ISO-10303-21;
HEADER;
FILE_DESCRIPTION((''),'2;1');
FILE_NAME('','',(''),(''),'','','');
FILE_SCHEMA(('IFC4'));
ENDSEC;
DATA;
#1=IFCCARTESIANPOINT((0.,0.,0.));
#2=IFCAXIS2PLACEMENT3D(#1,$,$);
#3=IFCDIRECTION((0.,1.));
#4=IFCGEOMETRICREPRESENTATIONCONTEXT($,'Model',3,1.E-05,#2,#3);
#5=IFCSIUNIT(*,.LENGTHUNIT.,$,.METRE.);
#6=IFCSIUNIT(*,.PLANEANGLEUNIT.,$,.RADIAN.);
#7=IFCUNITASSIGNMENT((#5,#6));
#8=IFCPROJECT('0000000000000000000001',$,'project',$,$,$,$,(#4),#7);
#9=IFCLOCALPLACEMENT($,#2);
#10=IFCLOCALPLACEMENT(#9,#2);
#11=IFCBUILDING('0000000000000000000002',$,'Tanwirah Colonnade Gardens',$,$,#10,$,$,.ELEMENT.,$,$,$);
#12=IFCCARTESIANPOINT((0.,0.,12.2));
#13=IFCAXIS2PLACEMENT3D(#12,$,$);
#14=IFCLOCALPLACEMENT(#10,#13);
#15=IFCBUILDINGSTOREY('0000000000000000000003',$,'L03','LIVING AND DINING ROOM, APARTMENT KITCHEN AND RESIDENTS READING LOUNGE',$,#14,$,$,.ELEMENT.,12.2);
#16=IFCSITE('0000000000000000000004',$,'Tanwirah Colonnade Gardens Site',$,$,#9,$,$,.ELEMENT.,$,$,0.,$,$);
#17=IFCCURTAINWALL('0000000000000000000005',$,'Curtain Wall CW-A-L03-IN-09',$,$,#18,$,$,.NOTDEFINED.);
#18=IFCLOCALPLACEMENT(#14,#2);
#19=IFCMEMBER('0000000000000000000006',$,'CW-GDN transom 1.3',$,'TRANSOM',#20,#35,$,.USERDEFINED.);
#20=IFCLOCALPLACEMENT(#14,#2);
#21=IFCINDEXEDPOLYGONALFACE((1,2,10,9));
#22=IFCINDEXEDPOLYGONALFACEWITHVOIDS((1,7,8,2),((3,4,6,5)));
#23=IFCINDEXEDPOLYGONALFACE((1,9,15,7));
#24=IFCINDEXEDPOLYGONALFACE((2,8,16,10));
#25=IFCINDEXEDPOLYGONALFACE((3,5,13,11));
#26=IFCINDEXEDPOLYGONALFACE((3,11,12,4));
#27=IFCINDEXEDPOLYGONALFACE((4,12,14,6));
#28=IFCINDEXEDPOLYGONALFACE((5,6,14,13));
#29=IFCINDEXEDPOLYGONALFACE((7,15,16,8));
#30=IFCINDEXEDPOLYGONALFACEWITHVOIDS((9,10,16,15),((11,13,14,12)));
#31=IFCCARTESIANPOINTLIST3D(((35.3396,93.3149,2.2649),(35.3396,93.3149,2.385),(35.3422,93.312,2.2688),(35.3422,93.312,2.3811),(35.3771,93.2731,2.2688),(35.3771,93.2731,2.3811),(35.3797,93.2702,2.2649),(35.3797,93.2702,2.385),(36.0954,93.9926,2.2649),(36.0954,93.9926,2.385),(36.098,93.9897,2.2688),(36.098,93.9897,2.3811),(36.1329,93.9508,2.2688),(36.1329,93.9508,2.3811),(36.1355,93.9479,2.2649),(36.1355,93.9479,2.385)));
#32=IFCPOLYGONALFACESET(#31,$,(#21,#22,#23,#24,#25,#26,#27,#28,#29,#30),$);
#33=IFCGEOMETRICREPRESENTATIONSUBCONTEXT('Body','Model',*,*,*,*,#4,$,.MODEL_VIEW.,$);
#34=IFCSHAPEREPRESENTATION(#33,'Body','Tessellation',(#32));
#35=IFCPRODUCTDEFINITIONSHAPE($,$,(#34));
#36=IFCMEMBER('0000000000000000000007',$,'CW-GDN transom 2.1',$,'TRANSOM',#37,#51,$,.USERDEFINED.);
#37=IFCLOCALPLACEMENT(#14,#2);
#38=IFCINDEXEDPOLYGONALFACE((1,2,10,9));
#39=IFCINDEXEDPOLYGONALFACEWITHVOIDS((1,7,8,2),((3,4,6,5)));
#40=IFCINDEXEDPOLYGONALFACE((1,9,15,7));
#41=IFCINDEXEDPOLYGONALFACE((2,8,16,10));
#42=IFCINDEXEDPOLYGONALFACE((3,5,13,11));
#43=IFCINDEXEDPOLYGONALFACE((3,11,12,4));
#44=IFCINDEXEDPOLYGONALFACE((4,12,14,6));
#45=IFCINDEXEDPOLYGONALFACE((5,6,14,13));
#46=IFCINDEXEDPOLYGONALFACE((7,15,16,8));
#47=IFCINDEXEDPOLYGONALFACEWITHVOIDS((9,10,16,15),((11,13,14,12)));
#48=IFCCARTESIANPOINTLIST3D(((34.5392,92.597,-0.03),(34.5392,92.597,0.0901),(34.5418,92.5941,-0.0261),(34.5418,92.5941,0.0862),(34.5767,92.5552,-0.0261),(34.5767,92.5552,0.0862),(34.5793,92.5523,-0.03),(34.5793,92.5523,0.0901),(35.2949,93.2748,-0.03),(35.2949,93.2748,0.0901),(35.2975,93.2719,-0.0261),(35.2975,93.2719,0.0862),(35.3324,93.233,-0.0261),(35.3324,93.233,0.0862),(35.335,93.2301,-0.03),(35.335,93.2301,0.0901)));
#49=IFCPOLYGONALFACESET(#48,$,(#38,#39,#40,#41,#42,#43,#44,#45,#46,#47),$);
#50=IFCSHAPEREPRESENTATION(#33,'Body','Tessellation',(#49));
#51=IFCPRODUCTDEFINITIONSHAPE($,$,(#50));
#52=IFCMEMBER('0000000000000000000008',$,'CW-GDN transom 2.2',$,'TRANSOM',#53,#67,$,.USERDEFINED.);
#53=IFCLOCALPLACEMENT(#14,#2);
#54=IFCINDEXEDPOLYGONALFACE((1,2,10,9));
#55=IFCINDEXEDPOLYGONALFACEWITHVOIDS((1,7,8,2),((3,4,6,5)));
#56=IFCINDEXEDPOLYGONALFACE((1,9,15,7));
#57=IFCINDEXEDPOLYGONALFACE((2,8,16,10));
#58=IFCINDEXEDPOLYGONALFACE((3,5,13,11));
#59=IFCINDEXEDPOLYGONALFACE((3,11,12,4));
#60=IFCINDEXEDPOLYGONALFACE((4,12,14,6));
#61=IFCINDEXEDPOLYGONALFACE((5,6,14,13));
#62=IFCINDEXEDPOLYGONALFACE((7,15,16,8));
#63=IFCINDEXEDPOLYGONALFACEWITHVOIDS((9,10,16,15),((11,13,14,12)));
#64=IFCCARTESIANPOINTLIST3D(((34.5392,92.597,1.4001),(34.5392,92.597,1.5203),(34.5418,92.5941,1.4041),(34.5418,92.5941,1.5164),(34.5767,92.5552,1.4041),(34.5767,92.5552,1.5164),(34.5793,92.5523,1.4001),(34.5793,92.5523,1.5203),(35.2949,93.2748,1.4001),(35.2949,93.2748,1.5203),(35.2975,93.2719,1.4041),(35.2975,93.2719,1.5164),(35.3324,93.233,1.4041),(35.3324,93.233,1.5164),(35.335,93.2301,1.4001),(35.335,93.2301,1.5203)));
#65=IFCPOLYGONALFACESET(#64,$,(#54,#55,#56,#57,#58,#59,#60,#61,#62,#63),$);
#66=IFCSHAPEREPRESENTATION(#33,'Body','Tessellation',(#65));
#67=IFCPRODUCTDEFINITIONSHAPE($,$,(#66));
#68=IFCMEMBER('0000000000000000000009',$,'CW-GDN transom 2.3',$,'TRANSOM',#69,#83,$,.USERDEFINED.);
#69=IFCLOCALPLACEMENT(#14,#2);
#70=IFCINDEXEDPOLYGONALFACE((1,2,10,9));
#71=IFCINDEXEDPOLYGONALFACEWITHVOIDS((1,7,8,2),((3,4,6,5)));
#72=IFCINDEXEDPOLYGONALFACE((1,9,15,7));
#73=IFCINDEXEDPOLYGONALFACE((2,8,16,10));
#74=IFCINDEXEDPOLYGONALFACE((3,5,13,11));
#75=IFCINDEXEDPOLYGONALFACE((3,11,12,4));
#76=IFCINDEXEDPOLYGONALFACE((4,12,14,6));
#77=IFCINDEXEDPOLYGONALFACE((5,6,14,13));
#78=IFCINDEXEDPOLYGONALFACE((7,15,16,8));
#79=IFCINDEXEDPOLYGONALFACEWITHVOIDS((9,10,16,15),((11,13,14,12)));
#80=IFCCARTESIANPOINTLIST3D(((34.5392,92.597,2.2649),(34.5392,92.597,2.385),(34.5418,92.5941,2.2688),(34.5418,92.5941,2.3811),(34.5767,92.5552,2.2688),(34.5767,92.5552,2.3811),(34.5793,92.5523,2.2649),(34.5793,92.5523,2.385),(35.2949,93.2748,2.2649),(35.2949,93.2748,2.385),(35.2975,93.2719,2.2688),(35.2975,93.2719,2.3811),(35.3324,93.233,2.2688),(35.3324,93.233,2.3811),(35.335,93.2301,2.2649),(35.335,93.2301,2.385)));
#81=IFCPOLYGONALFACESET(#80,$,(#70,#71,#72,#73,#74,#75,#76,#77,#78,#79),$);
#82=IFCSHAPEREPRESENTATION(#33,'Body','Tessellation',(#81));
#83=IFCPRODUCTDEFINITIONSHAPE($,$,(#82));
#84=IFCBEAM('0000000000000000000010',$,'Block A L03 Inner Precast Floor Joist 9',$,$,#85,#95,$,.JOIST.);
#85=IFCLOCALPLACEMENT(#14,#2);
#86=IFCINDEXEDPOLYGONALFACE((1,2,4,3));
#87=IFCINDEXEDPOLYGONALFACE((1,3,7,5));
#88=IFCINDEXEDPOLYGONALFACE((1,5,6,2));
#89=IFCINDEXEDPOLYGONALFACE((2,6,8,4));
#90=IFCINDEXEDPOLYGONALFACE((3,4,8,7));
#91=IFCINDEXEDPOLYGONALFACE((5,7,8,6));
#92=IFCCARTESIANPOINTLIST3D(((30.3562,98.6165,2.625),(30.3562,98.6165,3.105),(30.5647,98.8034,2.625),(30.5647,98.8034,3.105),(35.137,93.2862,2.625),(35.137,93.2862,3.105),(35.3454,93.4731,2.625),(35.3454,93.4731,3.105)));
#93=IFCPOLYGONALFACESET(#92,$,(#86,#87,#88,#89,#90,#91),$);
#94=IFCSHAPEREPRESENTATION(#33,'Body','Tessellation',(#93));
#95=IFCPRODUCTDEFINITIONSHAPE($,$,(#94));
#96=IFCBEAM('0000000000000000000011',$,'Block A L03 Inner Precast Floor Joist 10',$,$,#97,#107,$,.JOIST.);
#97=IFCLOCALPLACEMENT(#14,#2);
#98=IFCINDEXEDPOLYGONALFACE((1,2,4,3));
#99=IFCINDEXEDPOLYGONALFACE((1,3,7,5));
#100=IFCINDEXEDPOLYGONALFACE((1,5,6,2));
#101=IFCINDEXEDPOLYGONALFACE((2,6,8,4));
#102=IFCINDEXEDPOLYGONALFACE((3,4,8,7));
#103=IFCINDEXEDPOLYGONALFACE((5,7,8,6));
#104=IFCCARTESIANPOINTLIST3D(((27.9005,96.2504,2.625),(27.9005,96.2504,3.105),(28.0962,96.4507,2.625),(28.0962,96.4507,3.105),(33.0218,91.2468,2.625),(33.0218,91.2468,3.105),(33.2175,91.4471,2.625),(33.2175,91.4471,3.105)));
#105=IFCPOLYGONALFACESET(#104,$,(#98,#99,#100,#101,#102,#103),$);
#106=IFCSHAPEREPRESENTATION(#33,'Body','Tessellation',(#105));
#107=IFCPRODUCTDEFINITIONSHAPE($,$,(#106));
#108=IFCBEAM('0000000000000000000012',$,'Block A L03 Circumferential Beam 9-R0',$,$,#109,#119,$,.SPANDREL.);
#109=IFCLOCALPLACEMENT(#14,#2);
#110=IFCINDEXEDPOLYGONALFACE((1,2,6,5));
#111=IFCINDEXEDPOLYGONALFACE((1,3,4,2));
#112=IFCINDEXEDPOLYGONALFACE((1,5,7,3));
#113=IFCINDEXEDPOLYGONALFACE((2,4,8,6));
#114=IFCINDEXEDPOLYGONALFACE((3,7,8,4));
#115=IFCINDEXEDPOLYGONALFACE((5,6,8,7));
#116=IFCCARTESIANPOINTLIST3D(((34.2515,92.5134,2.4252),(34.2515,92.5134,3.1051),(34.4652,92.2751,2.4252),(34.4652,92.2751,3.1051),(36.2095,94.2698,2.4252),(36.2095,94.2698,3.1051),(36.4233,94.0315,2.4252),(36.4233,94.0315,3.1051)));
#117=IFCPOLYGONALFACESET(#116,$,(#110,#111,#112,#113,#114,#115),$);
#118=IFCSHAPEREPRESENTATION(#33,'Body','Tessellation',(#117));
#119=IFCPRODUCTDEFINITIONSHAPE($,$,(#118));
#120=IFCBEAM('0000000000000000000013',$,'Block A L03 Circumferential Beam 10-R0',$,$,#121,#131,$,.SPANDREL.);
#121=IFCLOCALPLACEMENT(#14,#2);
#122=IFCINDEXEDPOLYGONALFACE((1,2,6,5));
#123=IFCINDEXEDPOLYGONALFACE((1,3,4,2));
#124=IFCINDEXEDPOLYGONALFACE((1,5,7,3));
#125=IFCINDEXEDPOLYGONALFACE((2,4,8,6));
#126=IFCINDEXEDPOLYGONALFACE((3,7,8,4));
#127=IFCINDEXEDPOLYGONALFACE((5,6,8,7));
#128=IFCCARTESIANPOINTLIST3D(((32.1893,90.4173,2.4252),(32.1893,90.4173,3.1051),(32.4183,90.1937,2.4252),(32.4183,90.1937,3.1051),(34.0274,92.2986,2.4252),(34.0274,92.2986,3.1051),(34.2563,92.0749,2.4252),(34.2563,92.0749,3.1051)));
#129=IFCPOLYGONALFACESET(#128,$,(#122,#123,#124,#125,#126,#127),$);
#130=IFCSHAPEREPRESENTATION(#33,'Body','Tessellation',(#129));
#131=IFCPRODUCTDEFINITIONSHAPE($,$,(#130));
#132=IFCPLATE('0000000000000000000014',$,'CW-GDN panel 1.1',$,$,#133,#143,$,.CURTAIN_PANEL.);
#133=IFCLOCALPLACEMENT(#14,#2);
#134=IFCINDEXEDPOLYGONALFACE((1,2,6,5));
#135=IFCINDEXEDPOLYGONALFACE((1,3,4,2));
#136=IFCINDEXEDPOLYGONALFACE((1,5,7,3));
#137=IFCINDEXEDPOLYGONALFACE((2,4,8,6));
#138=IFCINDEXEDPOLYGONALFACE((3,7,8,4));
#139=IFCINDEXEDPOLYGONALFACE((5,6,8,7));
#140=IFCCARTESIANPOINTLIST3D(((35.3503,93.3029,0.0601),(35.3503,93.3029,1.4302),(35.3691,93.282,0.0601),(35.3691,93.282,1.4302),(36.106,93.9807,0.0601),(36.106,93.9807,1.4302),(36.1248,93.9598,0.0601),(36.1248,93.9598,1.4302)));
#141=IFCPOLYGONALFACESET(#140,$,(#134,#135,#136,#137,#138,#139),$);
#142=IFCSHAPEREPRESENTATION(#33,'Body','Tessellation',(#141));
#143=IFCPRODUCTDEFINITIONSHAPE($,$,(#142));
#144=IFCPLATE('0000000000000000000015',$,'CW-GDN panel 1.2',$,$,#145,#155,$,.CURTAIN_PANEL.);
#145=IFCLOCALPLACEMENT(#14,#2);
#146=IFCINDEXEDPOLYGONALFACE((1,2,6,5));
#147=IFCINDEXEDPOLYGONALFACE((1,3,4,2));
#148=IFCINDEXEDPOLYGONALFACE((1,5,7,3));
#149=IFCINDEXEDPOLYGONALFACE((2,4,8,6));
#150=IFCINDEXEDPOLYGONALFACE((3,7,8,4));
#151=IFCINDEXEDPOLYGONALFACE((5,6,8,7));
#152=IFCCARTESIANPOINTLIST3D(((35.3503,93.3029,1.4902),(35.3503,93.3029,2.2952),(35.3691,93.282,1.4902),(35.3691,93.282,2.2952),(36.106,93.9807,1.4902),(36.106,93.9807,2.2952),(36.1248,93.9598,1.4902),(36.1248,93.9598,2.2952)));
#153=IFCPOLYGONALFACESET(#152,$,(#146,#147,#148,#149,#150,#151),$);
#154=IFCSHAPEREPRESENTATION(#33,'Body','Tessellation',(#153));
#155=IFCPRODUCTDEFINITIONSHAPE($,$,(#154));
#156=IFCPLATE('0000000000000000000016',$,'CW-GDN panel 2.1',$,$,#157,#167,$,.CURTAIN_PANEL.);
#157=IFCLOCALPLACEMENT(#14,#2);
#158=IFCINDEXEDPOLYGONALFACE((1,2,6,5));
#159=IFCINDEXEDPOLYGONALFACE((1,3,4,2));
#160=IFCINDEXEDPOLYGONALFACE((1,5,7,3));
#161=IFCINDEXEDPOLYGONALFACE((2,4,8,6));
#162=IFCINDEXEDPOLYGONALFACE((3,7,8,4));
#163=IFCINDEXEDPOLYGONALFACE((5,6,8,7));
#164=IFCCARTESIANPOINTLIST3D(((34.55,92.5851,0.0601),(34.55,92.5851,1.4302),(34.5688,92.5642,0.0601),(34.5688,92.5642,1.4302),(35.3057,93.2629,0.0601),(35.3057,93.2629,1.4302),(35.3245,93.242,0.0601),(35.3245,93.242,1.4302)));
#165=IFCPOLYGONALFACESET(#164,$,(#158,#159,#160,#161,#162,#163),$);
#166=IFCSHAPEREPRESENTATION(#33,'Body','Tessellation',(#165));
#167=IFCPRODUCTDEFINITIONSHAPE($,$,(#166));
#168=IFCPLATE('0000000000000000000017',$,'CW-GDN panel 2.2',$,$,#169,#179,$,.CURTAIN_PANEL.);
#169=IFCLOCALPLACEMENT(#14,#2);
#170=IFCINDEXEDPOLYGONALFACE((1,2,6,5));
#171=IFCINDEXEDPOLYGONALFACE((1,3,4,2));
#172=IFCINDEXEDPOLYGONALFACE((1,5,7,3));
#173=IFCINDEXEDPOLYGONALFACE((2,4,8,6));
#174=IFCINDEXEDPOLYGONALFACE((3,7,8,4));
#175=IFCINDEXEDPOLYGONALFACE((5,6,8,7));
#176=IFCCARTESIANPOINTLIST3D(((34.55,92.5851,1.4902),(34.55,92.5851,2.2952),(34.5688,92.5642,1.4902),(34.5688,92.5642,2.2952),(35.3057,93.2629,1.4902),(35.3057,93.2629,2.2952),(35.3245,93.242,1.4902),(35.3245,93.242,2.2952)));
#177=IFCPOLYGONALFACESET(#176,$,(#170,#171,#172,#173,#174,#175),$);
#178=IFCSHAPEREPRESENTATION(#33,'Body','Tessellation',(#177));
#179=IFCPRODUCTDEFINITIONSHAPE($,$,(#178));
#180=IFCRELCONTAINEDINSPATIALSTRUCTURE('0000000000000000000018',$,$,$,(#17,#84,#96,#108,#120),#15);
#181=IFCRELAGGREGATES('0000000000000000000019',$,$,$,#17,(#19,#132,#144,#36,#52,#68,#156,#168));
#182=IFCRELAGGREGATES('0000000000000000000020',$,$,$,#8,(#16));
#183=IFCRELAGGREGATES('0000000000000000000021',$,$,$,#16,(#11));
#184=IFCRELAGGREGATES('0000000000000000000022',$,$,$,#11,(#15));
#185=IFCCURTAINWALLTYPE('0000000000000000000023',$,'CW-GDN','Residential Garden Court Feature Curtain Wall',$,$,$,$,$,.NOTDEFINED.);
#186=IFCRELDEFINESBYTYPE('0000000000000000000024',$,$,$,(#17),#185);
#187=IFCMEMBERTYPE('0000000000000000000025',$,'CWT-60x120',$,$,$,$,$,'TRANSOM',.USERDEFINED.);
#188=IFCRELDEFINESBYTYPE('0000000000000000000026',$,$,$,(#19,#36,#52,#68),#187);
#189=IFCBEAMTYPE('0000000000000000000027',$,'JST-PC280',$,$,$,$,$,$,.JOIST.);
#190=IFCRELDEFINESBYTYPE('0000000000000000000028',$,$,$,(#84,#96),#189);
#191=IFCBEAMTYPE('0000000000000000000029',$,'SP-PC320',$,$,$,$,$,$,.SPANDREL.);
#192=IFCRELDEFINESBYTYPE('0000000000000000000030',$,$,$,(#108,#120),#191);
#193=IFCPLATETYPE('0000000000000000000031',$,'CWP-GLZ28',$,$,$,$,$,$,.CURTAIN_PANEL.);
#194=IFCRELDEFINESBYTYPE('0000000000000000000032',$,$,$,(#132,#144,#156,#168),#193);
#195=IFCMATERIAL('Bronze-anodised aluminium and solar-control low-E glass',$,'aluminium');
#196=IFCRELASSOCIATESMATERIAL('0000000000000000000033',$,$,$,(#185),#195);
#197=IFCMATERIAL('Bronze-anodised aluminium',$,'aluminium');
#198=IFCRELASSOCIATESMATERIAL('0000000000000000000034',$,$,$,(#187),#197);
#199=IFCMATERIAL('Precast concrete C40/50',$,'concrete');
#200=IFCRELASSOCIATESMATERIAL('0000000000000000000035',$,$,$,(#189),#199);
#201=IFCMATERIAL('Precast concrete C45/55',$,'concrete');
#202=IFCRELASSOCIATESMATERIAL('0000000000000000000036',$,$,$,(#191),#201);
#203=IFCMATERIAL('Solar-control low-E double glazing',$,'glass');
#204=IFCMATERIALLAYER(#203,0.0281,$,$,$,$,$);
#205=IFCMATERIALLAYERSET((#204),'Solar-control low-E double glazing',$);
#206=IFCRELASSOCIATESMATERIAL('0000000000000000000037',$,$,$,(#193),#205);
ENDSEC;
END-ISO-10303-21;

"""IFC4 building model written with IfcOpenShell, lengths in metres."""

from ifc_helpers import new_model, si_unit, direction, frame, origin, origin_2d, place, context, subcontext, project, spatial, rectangle, hollow_rectangle, extrude, material, layer, layer_set, material_profile, profile_set, type_object, element, aggregate, save


model = new_model("IFC4")

# Units and contexts
model_context = context("Model", 3, precision=1e-05, world=origin(), true_north=direction((0.0, 1.0)))
body_context = subcontext(model_context, "Body", "Model", "MODEL_VIEW")
ifc_project = project(units=[si_unit("LENGTHUNIT", "METRE"), si_unit("PLANEANGLEUNIT", "RADIAN")], contexts=[model_context])

# Site, building, storey
site_placement = place(None, origin())
site = spatial("IfcSite", under=ifc_project, at=site_placement, Name="Tanwirah Colonnade Gardens Site", CompositionType="ELEMENT", RefElevation=0.0)
building_placement = place(site_placement, origin())
building = spatial("IfcBuilding", under=site, at=building_placement, Name="Tanwirah Colonnade Gardens", CompositionType="ELEMENT")
storey_placement = place(building_placement, frame((0.0, 0.0, 12.2)))
storey = spatial("IfcBuildingStorey", under=building, at=storey_placement, Name="L03", Description="LIVING AND DINING ROOM, APARTMENT KITCHEN AND RESIDENTS READING LOUNGE", CompositionType="ELEMENT", Elevation=12.2)

# Shared definitions
ifc_material_1 = material(Name="Precast concrete C45/55", Category="concrete")
ifc_material_2 = material(Name="Precast concrete C40/50", Category="concrete")

# Curtain wall, members
ifc_material_3 = material(Name="Bronze-anodised aluminium and solar-control low-E glass", Category="aluminium")
curtain_wall_type = type_object("IfcCurtainWallType", Name="CW-GDN", Description="Residential Garden Court Feature Curtain Wall", PredefinedType="NOTDEFINED", material=ifc_material_3)
curtain_wall_placement = place(storey_placement, origin())
curtain_wall = element("IfcCurtainWall", 1, at=curtain_wall_placement, inside=storey, type_object=curtain_wall_type, Name="Curtain Wall CW-A-L03-IN-09", PredefinedType="NOTDEFINED")
ifc_material_4 = material(Name="Bronze-anodised aluminium", Category="aluminium")
ifc_material_profile_1 = material_profile(ifc_material_4, hollow_rectangle(XDim=0.0601, YDim=0.1201, WallThickness=0.0039, at=origin_2d()), Name="CW-TRN 60x120x4")
ifc_profile_set_1 = profile_set([ifc_material_profile_1], Name="Bronze-anodised aluminium")
member_type_1 = type_object("IfcMemberType", Name="CWT-60x120", ElementType="TRANSOM", PredefinedType="USERDEFINED", material=ifc_profile_set_1)
member_1_placement = place(storey_placement, frame((36.1155, 93.9702, 2.325), z_axis=(-0.744536, -0.667582, 0.0), x_axis=(0.667582, -0.744536, 0.0)))
member_1 = element("IfcMember", 2, at=member_1_placement, type_object=member_type_1, Name="CW-GDN transom 1.3", ObjectType="TRANSOM", PredefinedType="USERDEFINED", context=body_context, shape_type="SweptSolid", body=[
    extrude(hollow_rectangle(XDim=0.0601, YDim=0.1201, WallThickness=0.0039, at=origin_2d()), origin(), (0.0, 0.0, 1.0), 1.0151),
])
member_2_placement = place(storey_placement, frame((35.3149, 93.2524, 0.03), z_axis=(-0.744429, -0.667701, 0.0), x_axis=(0.667701, -0.744429, 0.0)))
member_2 = element("IfcMember", 3, at=member_2_placement, type_object=member_type_1, Name="CW-GDN transom 2.1", ObjectType="TRANSOM", PredefinedType="USERDEFINED", context=body_context, shape_type="SweptSolid", body=[
    extrude(hollow_rectangle(XDim=0.0601, YDim=0.1201, WallThickness=0.0039, at=origin_2d()), origin(), (0.0, 0.0, 1.0), 1.0151),
])
member_3_placement = place(storey_placement, frame((35.3149, 93.2524, 1.4602), z_axis=(-0.744429, -0.667701, 0.0), x_axis=(0.667701, -0.744429, 0.0)))
member_3 = element("IfcMember", 4, at=member_3_placement, type_object=member_type_1, Name="CW-GDN transom 2.2", ObjectType="TRANSOM", PredefinedType="USERDEFINED", context=body_context, shape_type="SweptSolid", body=[
    extrude(hollow_rectangle(XDim=0.0601, YDim=0.1201, WallThickness=0.0039, at=origin_2d()), origin(), (0.0, 0.0, 1.0), 1.0151),
])
member_4_placement = place(storey_placement, frame((35.3149, 93.2524, 2.325), z_axis=(-0.744429, -0.667701, 0.0), x_axis=(0.667701, -0.744429, 0.0)))
member_4 = element("IfcMember", 5, at=member_4_placement, type_object=member_type_1, Name="CW-GDN transom 2.3", ObjectType="TRANSOM", PredefinedType="USERDEFINED", context=body_context, shape_type="SweptSolid", body=[
    extrude(hollow_rectangle(XDim=0.0601, YDim=0.1201, WallThickness=0.0039, at=origin_2d()), origin(), (0.0, 0.0, 1.0), 1.0151),
])

# Beams
ifc_material_profile_2 = material_profile(ifc_material_2, rectangle(XDim=0.28, YDim=0.48, at=origin_2d()), Name="PC-JST 280x480")
ifc_profile_set_2 = profile_set([ifc_material_profile_2], Name="Precast concrete C40/50")
beam_type_1 = type_object("IfcBeamType", Name="JST-PC280", PredefinedType="JOIST", material=ifc_profile_set_2)
beam_1_placement = place(storey_placement, frame((35.2412, 93.3796, 2.865), z_axis=(-0.667688, 0.744441, 0.0), x_axis=(-0.744441, -0.667688, 0.0)))
element("IfcBeam", 6, at=beam_1_placement, inside=storey, type_object=beam_type_1, Name="Block A L03 Inner Precast Floor Joist 9", PredefinedType="JOIST", context=body_context, shape_type="SweptSolid", body=[
    extrude(rectangle(XDim=0.28, YDim=0.48, at=origin_2d()), origin(), (0.0, 0.0, 1.0), 7.1602),
])
beam_2_placement = place(storey_placement, frame((33.1196, 91.3469, 2.865), z_axis=(-0.715277, 0.698841, 0.0), x_axis=(-0.698841, -0.715277, 0.0)))
element("IfcBeam", 7, at=beam_2_placement, inside=storey, type_object=beam_type_1, Name="Block A L03 Inner Precast Floor Joist 10", PredefinedType="JOIST", context=body_context, shape_type="SweptSolid", body=[
    extrude(rectangle(XDim=0.28, YDim=0.48, at=origin_2d()), origin(), (0.0, 0.0, 1.0), 7.1599),
])
ifc_material_profile_3 = material_profile(ifc_material_1, rectangle(XDim=0.3201, YDim=0.6799, at=origin_2d()), Name="PC-SP 320x680")
ifc_profile_set_3 = profile_set([ifc_material_profile_3], Name="Precast concrete C45/55")
beam_type_2 = type_object("IfcBeamType", Name="SP-PC320", PredefinedType="SPANDREL", material=ifc_profile_set_3)
beam_3_placement = place(storey_placement, frame((36.3164, 94.1506, 2.7651), z_axis=(-0.744401, -0.667733, 0.0), x_axis=(0.667733, -0.744401, 0.0)))
element("IfcBeam", 8, at=beam_3_placement, inside=storey, type_object=beam_type_2, Name="Block A L03 Circumferential Beam 9-R0", PredefinedType="SPANDREL", context=body_context, shape_type="SweptSolid", body=[
    extrude(rectangle(XDim=0.3201, YDim=0.6799, at=origin_2d()), origin(), (0.0, 0.0, 1.0), 2.6304),
])
beam_4_placement = place(storey_placement, frame((34.1418, 92.1868, 2.7651), z_axis=(-0.698844, -0.715274, 0.0), x_axis=(0.715274, -0.698844, 0.0)))
element("IfcBeam", 9, at=beam_4_placement, inside=storey, type_object=beam_type_2, Name="Block A L03 Circumferential Beam 10-R0", PredefinedType="SPANDREL", context=body_context, shape_type="SweptSolid", body=[
    extrude(rectangle(XDim=0.3201, YDim=0.6799, at=origin_2d()), origin(), (0.0, 0.0, 1.0), 2.6301),
])

# Plates
ifc_material_5 = material(Name="Solar-control low-E double glazing", Category="glass")
ifc_layer_1 = layer(ifc_material_5, 0.0281)
ifc_layer_set_1 = layer_set([ifc_layer_1], Name="Solar-control low-E double glazing")
plate_type = type_object("IfcPlateType", Name="CWP-GLZ28", PredefinedType="CURTAIN_PANEL", material=ifc_layer_set_1)
plate_1_placement = place(storey_placement, frame((35.7375, 93.6313, 0.0601), z_axis=(0.0, 0.0, 1.0), x_axis=(-0.74444, -0.667689, 0.0)))
plate_1 = element("IfcPlate", 10, at=plate_1_placement, type_object=plate_type, Name="CW-GDN panel 1.1", PredefinedType="CURTAIN_PANEL", context=body_context, shape_type="SweptSolid", body=[
    extrude(rectangle(XDim=1.0151, YDim=0.0281, at=origin_2d()), origin(), (0.0, 0.0, 1.0), 1.3701),
])
plate_2_placement = place(storey_placement, frame((35.7375, 93.6313, 1.4902), z_axis=(0.0, 0.0, 1.0), x_axis=(-0.74444, -0.667689, 0.0)))
plate_2 = element("IfcPlate", 11, at=plate_2_placement, type_object=plate_type, Name="CW-GDN panel 1.2", PredefinedType="CURTAIN_PANEL", context=body_context, shape_type="SweptSolid", body=[
    extrude(rectangle(XDim=1.0151, YDim=0.0281, at=origin_2d()), origin(), (0.0, 0.0, 1.0), 0.8049),
])
plate_3_placement = place(storey_placement, frame((34.9373, 92.9136, 0.0601), z_axis=(0.0, 0.0, 1.0), x_axis=(-0.74444, -0.667689, 0.0)))
plate_3 = element("IfcPlate", 12, at=plate_3_placement, type_object=plate_type, Name="CW-GDN panel 2.1", PredefinedType="CURTAIN_PANEL", context=body_context, shape_type="SweptSolid", body=[
    extrude(rectangle(XDim=1.0151, YDim=0.0281, at=origin_2d()), origin(), (0.0, 0.0, 1.0), 1.3701),
])
plate_4_placement = place(storey_placement, frame((34.9373, 92.9136, 1.4902), z_axis=(0.0, 0.0, 1.0), x_axis=(-0.74444, -0.667689, 0.0)))
plate_4 = element("IfcPlate", 13, at=plate_4_placement, type_object=plate_type, Name="CW-GDN panel 2.2", PredefinedType="CURTAIN_PANEL", context=body_context, shape_type="SweptSolid", body=[
    extrude(rectangle(XDim=1.0151, YDim=0.0281, at=origin_2d()), origin(), (0.0, 0.0, 1.0), 0.8049),
])
aggregate(curtain_wall, [member_1, plate_1, plate_2, member_2, member_3, member_4, plate_3, plate_4])

save(model, "model.ifc")
